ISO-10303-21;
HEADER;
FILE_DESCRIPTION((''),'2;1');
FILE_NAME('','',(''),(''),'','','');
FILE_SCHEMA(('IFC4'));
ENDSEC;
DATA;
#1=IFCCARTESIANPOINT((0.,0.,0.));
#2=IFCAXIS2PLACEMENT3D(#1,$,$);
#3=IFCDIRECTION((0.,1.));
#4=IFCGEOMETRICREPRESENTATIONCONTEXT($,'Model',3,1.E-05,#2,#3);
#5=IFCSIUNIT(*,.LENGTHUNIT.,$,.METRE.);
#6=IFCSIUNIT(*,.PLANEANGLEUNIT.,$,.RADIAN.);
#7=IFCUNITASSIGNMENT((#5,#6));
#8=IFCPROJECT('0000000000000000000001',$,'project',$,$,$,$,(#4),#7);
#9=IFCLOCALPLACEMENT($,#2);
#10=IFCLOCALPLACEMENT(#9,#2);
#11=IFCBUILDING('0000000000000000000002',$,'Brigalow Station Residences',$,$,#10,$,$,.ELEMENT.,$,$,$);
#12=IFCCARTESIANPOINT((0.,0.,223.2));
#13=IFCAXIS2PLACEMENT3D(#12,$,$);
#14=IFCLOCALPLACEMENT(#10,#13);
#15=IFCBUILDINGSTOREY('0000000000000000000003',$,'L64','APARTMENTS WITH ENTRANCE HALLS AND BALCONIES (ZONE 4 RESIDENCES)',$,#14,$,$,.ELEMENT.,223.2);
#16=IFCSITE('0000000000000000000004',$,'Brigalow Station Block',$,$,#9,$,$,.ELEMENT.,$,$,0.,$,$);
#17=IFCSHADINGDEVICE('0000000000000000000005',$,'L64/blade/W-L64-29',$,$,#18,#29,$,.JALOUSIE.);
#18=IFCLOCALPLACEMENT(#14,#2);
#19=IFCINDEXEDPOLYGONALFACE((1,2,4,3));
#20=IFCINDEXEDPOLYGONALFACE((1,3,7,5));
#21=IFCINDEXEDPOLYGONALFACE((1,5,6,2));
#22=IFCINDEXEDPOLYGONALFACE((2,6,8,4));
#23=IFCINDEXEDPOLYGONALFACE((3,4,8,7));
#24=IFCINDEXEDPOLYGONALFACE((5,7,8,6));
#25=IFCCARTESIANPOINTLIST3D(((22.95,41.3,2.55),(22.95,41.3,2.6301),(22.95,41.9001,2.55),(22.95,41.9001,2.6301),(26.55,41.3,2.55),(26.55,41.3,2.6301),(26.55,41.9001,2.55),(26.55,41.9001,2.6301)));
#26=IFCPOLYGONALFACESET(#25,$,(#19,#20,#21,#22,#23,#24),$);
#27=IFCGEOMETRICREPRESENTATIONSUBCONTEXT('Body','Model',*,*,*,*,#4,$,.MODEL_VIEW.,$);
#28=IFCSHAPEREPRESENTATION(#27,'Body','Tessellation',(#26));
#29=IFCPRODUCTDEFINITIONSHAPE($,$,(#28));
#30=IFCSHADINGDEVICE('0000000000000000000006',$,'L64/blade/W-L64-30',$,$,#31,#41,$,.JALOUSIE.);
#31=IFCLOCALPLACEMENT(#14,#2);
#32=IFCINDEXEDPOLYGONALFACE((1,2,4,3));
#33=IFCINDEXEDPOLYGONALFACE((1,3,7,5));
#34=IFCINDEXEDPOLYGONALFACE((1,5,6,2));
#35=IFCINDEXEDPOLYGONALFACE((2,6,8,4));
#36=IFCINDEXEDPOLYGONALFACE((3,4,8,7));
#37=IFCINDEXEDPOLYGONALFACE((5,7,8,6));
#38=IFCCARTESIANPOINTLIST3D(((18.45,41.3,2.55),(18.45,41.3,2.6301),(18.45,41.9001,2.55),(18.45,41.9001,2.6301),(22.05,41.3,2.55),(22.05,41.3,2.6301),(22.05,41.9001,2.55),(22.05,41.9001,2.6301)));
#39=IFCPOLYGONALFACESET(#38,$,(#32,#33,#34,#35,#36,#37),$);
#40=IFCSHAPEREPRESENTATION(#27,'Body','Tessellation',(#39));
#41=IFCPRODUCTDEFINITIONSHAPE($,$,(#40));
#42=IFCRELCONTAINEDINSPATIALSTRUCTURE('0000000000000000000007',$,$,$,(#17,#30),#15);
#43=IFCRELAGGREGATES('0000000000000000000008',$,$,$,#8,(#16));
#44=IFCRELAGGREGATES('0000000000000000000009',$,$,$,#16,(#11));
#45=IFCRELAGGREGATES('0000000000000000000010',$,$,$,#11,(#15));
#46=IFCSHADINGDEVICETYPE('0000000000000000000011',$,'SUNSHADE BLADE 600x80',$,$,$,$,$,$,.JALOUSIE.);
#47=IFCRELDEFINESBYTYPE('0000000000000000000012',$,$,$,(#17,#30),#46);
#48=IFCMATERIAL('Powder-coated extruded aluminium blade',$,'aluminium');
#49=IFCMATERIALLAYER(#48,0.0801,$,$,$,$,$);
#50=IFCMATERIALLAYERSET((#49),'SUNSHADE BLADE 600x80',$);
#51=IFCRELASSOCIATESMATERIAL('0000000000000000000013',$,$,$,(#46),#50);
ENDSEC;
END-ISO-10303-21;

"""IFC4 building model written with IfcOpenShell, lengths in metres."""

from ifc_helpers import new_model, si_unit, direction, frame, origin, origin_2d, place, context, subcontext, project, spatial, rectangle, extrude, material, layer, layer_set, type_object, element, save


model = new_model("IFC4")

# Units and contexts
model_context = context("Model", 3, precision=1e-05, world=origin(), true_north=direction((0.0, 1.0)))
body_context = subcontext(model_context, "Body", "Model", "MODEL_VIEW")
ifc_project = project(units=[si_unit("LENGTHUNIT", "METRE"), si_unit("PLANEANGLEUNIT", "RADIAN")], contexts=[model_context])

# Site, building, storey
site_placement = place(None, origin())
site = spatial("IfcSite", under=ifc_project, at=site_placement, Name="Brigalow Station Block", CompositionType="ELEMENT", RefElevation=0.0)
building_placement = place(site_placement, origin())
building = spatial("IfcBuilding", under=site, at=building_placement, Name="Brigalow Station Residences", CompositionType="ELEMENT")
storey_placement = place(building_placement, frame((0.0, 0.0, 223.2)))
storey = spatial("IfcBuildingStorey", under=building, at=storey_placement, Name="L64", Description="APARTMENTS WITH ENTRANCE HALLS AND BALCONIES (ZONE 4 RESIDENCES)", CompositionType="ELEMENT", Elevation=223.2)

# Shading devices
ifc_material_1 = material(Name="Powder-coated extruded aluminium blade", Category="aluminium")
ifc_layer_1 = layer(ifc_material_1, 0.0801)
ifc_layer_set_1 = layer_set([ifc_layer_1], Name="SUNSHADE BLADE 600x80")
shading_device_type = type_object("IfcShadingDeviceType", Name="SUNSHADE BLADE 600x80", PredefinedType="JALOUSIE", material=ifc_layer_set_1)
for number, where, z_axis, x_axis, name in (
    (1, (24.75, 41.6001, 2.55), (0.0, 0.0, 1.0), (-1.0, 0.0, 0.0), "L64/blade/W-L64-29"),
    (2, (20.25, 41.6001, 2.55), (0.0, 0.0, 1.0), (-1.0, 0.0, 0.0), "L64/blade/W-L64-30"),
):
    element("IfcShadingDevice", number, at=place(storey_placement, frame(where, z_axis=z_axis, x_axis=x_axis)), inside=storey, type_object=shading_device_type, Name=name, PredefinedType="JALOUSIE", context=body_context, shape_type="SweptSolid", body=[
        extrude(rectangle(XDim=3.6001, YDim=0.6001, at=origin_2d()), origin(), (0.0, 0.0, 1.0), 0.0801),
    ])

save(model, "model.ifc")
